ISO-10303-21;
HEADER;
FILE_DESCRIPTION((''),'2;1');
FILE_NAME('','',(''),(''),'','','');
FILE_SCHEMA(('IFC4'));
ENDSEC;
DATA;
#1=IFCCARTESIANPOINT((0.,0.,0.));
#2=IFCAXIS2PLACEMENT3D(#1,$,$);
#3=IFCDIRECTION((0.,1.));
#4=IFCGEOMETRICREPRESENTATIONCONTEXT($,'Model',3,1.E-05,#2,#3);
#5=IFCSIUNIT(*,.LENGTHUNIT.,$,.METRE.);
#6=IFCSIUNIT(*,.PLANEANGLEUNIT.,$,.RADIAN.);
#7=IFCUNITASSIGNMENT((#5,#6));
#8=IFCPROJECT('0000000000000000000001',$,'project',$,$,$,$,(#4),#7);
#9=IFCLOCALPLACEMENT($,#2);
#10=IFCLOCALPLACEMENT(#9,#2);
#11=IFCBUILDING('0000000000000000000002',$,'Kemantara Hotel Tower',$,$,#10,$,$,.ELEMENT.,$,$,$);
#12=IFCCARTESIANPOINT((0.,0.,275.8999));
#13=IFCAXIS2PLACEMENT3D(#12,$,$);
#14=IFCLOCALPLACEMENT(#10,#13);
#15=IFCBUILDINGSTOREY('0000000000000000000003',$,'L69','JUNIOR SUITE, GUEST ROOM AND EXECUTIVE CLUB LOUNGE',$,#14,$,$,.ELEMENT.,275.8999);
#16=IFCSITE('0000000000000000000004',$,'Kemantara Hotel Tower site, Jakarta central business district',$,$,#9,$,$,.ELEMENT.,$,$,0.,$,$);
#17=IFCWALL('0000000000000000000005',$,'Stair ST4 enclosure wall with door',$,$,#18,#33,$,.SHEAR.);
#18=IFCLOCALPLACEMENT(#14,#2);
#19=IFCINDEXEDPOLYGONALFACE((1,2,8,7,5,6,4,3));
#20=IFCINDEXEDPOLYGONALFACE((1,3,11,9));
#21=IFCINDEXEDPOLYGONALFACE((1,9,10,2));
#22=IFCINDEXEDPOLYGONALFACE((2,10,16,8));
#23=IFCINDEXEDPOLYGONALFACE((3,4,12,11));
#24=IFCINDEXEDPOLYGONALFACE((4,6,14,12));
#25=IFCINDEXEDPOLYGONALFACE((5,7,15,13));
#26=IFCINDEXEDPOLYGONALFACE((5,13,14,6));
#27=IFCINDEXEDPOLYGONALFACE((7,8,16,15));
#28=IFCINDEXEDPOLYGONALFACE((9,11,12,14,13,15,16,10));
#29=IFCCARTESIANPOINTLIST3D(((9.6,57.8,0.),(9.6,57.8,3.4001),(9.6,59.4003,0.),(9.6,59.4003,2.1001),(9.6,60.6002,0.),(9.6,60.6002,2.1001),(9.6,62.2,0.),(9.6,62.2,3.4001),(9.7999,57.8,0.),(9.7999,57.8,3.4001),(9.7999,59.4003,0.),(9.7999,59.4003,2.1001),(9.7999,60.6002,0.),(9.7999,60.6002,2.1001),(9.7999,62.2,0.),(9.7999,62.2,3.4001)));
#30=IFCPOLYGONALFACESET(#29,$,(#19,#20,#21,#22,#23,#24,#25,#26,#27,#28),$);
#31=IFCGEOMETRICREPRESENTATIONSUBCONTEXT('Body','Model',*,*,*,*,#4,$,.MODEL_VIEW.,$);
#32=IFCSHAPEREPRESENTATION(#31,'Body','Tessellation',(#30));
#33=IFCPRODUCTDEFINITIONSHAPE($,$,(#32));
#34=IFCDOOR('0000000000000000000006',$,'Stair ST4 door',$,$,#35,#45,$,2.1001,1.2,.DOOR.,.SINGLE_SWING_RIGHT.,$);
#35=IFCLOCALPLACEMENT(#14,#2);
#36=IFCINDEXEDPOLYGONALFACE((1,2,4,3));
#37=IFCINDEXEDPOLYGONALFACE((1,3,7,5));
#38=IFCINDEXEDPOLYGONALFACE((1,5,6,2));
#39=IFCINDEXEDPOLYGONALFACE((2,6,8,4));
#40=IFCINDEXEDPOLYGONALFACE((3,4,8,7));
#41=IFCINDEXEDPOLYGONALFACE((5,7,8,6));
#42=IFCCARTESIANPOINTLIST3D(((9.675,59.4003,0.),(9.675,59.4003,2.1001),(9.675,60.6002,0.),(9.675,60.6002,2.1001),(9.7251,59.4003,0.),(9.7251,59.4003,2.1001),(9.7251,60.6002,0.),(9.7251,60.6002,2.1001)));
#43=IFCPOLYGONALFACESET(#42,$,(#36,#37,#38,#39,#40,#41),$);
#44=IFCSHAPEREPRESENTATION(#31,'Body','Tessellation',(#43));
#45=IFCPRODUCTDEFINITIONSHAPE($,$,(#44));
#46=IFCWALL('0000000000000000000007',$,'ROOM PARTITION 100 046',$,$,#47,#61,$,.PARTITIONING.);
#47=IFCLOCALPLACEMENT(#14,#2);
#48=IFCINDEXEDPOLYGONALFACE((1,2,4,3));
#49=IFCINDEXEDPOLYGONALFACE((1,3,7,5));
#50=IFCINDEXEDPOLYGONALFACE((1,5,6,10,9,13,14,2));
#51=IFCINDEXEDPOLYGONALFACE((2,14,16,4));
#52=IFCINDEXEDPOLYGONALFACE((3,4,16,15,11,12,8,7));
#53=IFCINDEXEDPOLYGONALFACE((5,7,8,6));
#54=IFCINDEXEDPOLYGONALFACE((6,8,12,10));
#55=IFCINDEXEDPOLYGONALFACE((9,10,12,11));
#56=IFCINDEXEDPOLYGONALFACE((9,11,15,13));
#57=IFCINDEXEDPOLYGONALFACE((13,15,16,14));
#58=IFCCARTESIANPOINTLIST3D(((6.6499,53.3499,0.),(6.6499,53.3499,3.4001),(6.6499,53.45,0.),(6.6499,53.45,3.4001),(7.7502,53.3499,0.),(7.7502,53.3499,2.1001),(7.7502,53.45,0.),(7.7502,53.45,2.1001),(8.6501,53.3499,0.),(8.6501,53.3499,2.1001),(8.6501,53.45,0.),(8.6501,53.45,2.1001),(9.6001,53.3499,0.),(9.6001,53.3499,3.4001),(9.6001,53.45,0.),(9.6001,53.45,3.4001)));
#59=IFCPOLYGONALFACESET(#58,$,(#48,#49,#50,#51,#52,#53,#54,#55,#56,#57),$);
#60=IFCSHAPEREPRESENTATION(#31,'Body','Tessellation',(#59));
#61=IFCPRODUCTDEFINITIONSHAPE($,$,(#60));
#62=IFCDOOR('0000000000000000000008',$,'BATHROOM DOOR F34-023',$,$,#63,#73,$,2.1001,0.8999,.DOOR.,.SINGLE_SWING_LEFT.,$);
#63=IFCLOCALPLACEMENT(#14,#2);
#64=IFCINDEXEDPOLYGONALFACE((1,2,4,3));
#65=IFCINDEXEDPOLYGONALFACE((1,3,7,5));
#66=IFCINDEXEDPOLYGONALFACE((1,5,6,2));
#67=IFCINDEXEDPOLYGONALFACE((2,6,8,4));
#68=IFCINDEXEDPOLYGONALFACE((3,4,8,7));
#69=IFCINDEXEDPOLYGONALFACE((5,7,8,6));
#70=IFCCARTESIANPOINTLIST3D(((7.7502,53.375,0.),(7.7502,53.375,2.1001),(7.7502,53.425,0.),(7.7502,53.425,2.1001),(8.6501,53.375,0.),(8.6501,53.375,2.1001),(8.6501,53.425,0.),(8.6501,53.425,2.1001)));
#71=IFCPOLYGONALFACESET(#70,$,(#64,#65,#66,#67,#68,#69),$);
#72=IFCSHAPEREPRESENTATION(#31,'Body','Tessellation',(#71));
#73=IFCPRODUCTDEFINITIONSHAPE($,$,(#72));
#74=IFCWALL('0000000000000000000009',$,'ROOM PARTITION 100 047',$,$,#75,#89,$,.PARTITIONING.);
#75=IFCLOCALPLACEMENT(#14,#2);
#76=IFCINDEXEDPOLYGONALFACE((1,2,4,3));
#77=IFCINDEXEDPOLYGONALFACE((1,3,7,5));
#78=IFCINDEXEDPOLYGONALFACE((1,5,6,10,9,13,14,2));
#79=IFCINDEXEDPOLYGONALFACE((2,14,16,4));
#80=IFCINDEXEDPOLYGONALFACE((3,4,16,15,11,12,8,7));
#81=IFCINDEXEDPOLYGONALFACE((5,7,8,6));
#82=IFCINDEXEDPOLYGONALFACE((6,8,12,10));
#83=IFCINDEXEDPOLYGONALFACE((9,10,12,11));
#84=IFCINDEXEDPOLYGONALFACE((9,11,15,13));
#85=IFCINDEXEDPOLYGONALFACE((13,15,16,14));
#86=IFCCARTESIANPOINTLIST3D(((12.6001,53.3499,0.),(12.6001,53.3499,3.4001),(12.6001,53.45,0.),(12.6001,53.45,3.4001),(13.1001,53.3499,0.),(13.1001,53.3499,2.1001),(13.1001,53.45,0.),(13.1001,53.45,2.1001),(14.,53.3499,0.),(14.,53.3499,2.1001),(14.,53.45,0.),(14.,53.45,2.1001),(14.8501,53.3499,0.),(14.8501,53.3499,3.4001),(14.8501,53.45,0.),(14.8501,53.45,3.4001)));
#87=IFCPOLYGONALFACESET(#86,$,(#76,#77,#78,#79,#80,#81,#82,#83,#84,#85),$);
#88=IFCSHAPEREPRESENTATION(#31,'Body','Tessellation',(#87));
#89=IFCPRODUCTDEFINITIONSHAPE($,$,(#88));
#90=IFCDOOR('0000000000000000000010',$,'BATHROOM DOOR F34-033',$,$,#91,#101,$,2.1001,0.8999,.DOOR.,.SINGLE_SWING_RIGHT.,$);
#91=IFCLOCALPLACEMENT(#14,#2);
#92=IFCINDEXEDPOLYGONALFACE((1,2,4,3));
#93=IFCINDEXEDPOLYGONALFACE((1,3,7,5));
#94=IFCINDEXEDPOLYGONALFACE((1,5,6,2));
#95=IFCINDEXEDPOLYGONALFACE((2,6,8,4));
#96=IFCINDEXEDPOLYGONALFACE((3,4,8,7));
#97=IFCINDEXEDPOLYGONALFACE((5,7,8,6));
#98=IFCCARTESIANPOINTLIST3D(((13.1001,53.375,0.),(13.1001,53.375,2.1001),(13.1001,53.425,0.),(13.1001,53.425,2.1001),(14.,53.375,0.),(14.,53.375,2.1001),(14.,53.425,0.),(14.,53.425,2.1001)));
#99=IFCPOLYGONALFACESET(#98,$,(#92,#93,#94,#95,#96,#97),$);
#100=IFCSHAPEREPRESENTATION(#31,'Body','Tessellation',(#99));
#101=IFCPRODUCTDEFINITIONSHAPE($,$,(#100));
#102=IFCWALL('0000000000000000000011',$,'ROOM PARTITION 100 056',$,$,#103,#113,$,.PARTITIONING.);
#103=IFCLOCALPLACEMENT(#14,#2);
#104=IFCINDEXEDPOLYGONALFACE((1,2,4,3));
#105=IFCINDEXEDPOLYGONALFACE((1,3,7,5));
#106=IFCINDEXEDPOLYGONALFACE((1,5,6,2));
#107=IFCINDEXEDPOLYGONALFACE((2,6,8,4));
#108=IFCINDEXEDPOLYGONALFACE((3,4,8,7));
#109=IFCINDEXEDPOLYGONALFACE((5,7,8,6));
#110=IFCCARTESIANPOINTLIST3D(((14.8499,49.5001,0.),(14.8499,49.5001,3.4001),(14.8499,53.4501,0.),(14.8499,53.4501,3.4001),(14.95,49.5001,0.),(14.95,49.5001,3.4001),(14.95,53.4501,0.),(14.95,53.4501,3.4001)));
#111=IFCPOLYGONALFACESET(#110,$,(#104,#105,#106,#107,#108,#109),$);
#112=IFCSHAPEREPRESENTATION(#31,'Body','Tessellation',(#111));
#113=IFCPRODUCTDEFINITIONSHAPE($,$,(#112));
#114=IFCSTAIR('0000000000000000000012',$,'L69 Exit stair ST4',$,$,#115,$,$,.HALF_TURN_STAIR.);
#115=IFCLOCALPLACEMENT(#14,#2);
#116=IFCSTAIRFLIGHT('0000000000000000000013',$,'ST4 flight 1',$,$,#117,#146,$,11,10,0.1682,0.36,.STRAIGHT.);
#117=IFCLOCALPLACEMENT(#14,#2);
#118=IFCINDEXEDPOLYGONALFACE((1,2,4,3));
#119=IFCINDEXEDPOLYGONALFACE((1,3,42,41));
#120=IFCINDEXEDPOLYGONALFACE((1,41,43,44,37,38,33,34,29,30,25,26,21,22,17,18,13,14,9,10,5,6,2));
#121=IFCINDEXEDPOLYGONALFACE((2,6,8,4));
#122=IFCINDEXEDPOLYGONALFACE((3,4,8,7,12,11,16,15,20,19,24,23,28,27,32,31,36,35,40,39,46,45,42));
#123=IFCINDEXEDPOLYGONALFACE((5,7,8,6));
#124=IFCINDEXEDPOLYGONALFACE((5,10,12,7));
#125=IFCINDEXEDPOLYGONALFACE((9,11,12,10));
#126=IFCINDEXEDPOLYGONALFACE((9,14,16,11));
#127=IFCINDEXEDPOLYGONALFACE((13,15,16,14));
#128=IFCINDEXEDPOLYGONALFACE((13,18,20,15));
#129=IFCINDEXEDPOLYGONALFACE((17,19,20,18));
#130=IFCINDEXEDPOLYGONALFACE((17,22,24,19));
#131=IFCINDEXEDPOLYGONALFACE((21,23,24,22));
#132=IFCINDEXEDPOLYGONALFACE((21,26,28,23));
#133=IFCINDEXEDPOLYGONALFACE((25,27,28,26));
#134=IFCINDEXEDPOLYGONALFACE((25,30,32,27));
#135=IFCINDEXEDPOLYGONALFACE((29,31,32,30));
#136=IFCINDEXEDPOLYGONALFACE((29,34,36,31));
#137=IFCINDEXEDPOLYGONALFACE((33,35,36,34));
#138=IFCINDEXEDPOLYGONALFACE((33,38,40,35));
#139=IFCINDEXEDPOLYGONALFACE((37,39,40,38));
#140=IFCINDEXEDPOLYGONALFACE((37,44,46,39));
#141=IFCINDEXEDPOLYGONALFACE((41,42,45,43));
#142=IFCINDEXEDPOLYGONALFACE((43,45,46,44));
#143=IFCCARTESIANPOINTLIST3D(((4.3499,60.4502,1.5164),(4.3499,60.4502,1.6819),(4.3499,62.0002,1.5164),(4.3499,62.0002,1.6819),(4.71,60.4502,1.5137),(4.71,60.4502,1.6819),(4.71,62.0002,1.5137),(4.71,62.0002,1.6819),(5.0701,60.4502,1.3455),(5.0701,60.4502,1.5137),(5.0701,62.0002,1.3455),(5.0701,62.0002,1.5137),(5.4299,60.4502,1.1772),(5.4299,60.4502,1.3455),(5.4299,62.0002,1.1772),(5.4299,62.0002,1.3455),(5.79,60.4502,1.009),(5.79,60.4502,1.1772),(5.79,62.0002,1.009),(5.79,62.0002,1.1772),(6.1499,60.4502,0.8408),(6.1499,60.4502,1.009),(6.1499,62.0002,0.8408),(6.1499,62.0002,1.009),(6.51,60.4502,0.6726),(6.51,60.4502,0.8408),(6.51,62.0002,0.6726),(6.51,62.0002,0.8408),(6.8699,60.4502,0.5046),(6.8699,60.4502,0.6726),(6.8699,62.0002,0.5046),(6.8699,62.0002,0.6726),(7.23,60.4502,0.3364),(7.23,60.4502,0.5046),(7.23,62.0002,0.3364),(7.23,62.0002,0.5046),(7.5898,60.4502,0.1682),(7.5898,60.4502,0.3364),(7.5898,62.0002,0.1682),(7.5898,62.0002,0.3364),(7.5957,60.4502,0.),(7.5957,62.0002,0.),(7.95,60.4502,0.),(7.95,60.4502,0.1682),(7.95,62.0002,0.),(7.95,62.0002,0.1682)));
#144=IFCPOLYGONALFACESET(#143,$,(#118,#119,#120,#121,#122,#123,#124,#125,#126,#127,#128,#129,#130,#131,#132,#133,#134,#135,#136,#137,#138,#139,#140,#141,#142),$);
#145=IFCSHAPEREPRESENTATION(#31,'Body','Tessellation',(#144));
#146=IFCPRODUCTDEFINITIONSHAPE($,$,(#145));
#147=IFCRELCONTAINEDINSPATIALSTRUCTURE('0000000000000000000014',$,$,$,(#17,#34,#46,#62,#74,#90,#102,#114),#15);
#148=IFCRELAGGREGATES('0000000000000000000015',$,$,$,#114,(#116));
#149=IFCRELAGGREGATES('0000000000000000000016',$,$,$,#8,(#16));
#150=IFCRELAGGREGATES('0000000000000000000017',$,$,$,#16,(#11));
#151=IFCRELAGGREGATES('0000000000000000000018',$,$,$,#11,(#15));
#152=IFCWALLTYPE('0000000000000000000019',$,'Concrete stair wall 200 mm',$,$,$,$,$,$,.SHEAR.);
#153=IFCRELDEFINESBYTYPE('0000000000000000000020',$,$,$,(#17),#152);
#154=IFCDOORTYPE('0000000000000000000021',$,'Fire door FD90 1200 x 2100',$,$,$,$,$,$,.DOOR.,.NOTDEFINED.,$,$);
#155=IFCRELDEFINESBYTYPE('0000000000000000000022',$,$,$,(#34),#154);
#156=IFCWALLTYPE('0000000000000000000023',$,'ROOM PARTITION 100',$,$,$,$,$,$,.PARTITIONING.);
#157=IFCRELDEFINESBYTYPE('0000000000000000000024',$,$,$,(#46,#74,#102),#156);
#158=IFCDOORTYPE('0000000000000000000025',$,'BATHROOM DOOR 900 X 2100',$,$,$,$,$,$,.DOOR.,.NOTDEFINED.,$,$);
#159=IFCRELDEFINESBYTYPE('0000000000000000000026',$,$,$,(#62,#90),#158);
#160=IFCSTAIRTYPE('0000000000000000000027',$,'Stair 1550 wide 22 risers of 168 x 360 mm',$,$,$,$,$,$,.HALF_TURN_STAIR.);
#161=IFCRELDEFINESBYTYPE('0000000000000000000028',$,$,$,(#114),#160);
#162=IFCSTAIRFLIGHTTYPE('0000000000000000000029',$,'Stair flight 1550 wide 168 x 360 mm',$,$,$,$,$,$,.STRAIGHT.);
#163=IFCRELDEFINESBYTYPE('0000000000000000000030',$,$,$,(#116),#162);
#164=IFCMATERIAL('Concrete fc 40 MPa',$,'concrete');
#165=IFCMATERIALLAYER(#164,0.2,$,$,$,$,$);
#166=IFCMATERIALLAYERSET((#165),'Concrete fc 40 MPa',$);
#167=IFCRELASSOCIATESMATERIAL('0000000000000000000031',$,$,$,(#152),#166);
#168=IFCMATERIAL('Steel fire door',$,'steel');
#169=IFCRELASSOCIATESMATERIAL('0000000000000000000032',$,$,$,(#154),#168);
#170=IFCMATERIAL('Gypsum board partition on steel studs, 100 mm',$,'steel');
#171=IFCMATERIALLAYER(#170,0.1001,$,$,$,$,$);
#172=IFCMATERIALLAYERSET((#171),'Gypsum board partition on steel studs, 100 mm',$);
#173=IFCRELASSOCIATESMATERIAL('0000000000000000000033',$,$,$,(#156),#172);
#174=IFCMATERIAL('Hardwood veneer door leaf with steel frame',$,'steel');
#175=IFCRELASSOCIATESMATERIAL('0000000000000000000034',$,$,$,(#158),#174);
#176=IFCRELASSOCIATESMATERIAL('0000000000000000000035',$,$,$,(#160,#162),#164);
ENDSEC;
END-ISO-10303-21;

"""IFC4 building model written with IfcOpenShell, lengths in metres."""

from ifc_helpers import new_model, si_unit, direction, frame, frame_2d, origin, place, context, subcontext, project, spatial, polyline, rectangle, outline, extrude, material, layer, layer_set, type_object, element, fill, aggregate, save


model = new_model("IFC4")

# Units and contexts
model_context = context("Model", 3, precision=1e-05, world=origin(), true_north=direction((0.0, 1.0)))
body_context = subcontext(model_context, "Body", "Model", "MODEL_VIEW")
ifc_project = project(units=[si_unit("LENGTHUNIT", "METRE"), si_unit("PLANEANGLEUNIT", "RADIAN")], contexts=[model_context])

# Site, building, storey
site_placement = place(None, origin())
site = spatial("IfcSite", under=ifc_project, at=site_placement, Name="Kemantara Hotel Tower site, Jakarta central business district", CompositionType="ELEMENT", RefElevation=0.0)
building_placement = place(site_placement, origin())
building = spatial("IfcBuilding", under=site, at=building_placement, Name="Kemantara Hotel Tower", CompositionType="ELEMENT")
storey_placement = place(building_placement, frame((0.0, 0.0, 275.8999)))
storey = spatial("IfcBuildingStorey", under=building, at=storey_placement, Name="L69", Description="JUNIOR SUITE, GUEST ROOM AND EXECUTIVE CLUB LOUNGE", CompositionType="ELEMENT", Elevation=275.8999)

# Walls, openings, doors
ifc_material_1 = material(Name="Hardwood veneer door leaf with steel frame", Category="steel")
ifc_material_2 = material(Name="Concrete fc 40 MPa", Category="concrete")
ifc_layer_1 = layer(ifc_material_2, 0.2)
ifc_layer_set_1 = layer_set([ifc_layer_1], Name="Concrete fc 40 MPa")
wall_type_1 = type_object("IfcWallType", Name="Concrete stair wall 200 mm", PredefinedType="SHEAR", material=ifc_layer_set_1)
wall_1_placement = place(storey_placement, frame((9.7, 57.8, 0.0), z_axis=(0.0, 0.0, 1.0), x_axis=(0.0, 1.0, 0.0)))
wall_1 = element("IfcWall", 1, at=wall_1_placement, inside=storey, type_object=wall_type_1, Name="Stair ST4 enclosure wall with door", PredefinedType="SHEAR", context=body_context, shape_type="SweptSolid", body=[
    extrude(rectangle(XDim=4.3999, YDim=0.2, at=frame_2d((2.2, 0.0))), origin(), (0.0, 0.0, 1.0), 3.4001),
])
opening_1_placement = place(wall_1_placement, frame((1.6001, 0.0, 0.0)))
opening_1 = element("IfcOpeningElement", 2, at=opening_1_placement, cuts=wall_1, PredefinedType="OPENING", context=body_context, shape_type="SweptSolid", body=[
    extrude(rectangle(XDim=1.2, YDim=2.1001, at=frame_2d((0.6001, 1.05))), frame((0.0, 0.1099, 0.0), z_axis=(0.0, -1.0, 0.0), x_axis=(1.0, 0.0, 0.0)), (0.0, 0.0, 1.0), 0.22),
])
ifc_material_3 = material(Name="Steel fire door", Category="steel")
door_type_1 = type_object("IfcDoorType", Name="Fire door FD90 1200 x 2100", OperationType="NOTDEFINED", PredefinedType="DOOR", material=ifc_material_3)
door_1_placement = place(opening_1_placement, origin())
door_1 = element("IfcDoor", 3, at=door_1_placement, inside=storey, type_object=door_type_1, Name="Stair ST4 door", OperationType="SINGLE_SWING_RIGHT", OverallHeight=2.1001, OverallWidth=1.2, PredefinedType="DOOR", context=body_context, shape_type="SweptSolid", body=[
    extrude(rectangle(XDim=1.2, YDim=2.1001, at=frame_2d((0.6001, 1.05))), frame((0.0, 0.0249, 0.0), z_axis=(0.0, -1.0, 0.0), x_axis=(1.0, 0.0, 0.0)), (0.0, 0.0, 1.0), 0.05),
])
fill(opening_1, door_1)
ifc_material_4 = material(Name="Gypsum board partition on steel studs, 100 mm", Category="steel")
ifc_layer_2 = layer(ifc_material_4, 0.1001)
ifc_layer_set_2 = layer_set([ifc_layer_2], Name="Gypsum board partition on steel studs, 100 mm")
wall_type_2 = type_object("IfcWallType", Name="ROOM PARTITION 100", PredefinedType="PARTITIONING", material=ifc_layer_set_2)
wall_2_placement = place(storey_placement, frame((9.6001, 53.3999, 0.0), z_axis=(0.0, 0.0, 1.0), x_axis=(-1.0, 0.0, 0.0)))
wall_2 = element("IfcWall", 4, at=wall_2_placement, inside=storey, type_object=wall_type_2, Name="ROOM PARTITION 100 046", PredefinedType="PARTITIONING", context=body_context, shape_type="SweptSolid", body=[
    extrude(rectangle(XDim=2.9502, YDim=0.1001, at=frame_2d((1.4751, 0.0))), origin(), (0.0, 0.0, 1.0), 3.4001),
])
opening_2_placement = place(wall_2_placement, frame((0.95, 0.0, 0.0)))
opening_2 = element("IfcOpeningElement", 5, at=opening_2_placement, cuts=wall_2, PredefinedType="OPENING", context=body_context, shape_type="SweptSolid", body=[
    extrude(rectangle(XDim=0.8999, YDim=2.1001, at=frame_2d((0.45, 1.05))), frame((0.0, 0.0601, 0.0), z_axis=(0.0, -1.0, 0.0), x_axis=(1.0, 0.0, 0.0)), (0.0, 0.0, 1.0), 0.1201),
])
door_type_2 = type_object("IfcDoorType", Name="BATHROOM DOOR 900 X 2100", OperationType="NOTDEFINED", PredefinedType="DOOR", material=ifc_material_1)
door_2_placement = place(opening_2_placement, origin())
door_2 = element("IfcDoor", 6, at=door_2_placement, inside=storey, type_object=door_type_2, Name="BATHROOM DOOR F34-023", OperationType="SINGLE_SWING_LEFT", OverallHeight=2.1001, OverallWidth=0.8999, PredefinedType="DOOR", context=body_context, shape_type="SweptSolid", body=[
    extrude(rectangle(XDim=0.8999, YDim=2.1001, at=frame_2d((0.45, 1.05))), frame((0.0, 0.0249, 0.0), z_axis=(0.0, -1.0, 0.0), x_axis=(1.0, 0.0, 0.0)), (0.0, 0.0, 1.0), 0.05),
])
fill(opening_2, door_2)
wall_3_placement = place(storey_placement, frame((14.8501, 53.3999, 0.0), z_axis=(0.0, 0.0, 1.0), x_axis=(-1.0, 0.0, 0.0)))
wall_3 = element("IfcWall", 7, at=wall_3_placement, inside=storey, type_object=wall_type_2, Name="ROOM PARTITION 100 047", PredefinedType="PARTITIONING", context=body_context, shape_type="SweptSolid", body=[
    extrude(rectangle(XDim=2.25, YDim=0.1001, at=frame_2d((1.125, 0.0))), origin(), (0.0, 0.0, 1.0), 3.4001),
])
opening_3_placement = place(wall_3_placement, frame((0.8501, 0.0, 0.0)))
opening_3 = element("IfcOpeningElement", 8, at=opening_3_placement, cuts=wall_3, PredefinedType="OPENING", context=body_context, shape_type="SweptSolid", body=[
    extrude(rectangle(XDim=0.8999, YDim=2.1001, at=frame_2d((0.45, 1.05))), frame((0.0, 0.0601, 0.0), z_axis=(0.0, -1.0, 0.0), x_axis=(1.0, 0.0, 0.0)), (0.0, 0.0, 1.0), 0.1201),
])
door_3_placement = place(opening_3_placement, origin())
door_3 = element("IfcDoor", 9, at=door_3_placement, inside=storey, type_object=door_type_2, Name="BATHROOM DOOR F34-033", OperationType="SINGLE_SWING_RIGHT", OverallHeight=2.1001, OverallWidth=0.8999, PredefinedType="DOOR", context=body_context, shape_type="SweptSolid", body=[
    extrude(rectangle(XDim=0.8999, YDim=2.1001, at=frame_2d((0.45, 1.05))), frame((0.0, 0.0249, 0.0), z_axis=(0.0, -1.0, 0.0), x_axis=(1.0, 0.0, 0.0)), (0.0, 0.0, 1.0), 0.05),
])
fill(opening_3, door_3)

# Wall
wall_4_placement = place(storey_placement, frame((14.8999, 49.5, 0.0), z_axis=(0.0, 0.0, 1.0), x_axis=(0.0, 1.0, 0.0)))
element("IfcWall", 10, at=wall_4_placement, inside=storey, type_object=wall_type_2, Name="ROOM PARTITION 100 056", PredefinedType="PARTITIONING", context=body_context, shape_type="SweptSolid", body=[
    extrude(rectangle(XDim=3.95, YDim=0.1001, at=frame_2d((1.9751, 0.0))), origin(), (0.0, 0.0, 1.0), 3.4001),
])

# Stair, stair flight
stair_type = type_object("IfcStairType", Name="Stair 1550 wide 22 risers of 168 x 360 mm", PredefinedType="HALF_TURN_STAIR", material=ifc_material_2)
stair_placement = place(storey_placement, origin())
stair = element("IfcStair", 11, at=stair_placement, inside=storey, type_object=stair_type, Name="L69 Exit stair ST4", PredefinedType="HALF_TURN_STAIR")
stair_flight_type = type_object("IfcStairFlightType", Name="Stair flight 1550 wide 168 x 360 mm", PredefinedType="STRAIGHT", material=ifc_material_2)
stair_flight_placement = place(storey_placement, frame((7.95, 61.2251, 0.0), z_axis=(0.0, 0.0, 1.0), x_axis=(-1.0, 0.0, 0.0)))
stair_flight = element("IfcStairFlight", 12, at=stair_flight_placement, type_object=stair_flight_type, Name="ST4 flight 1", NumberOfRisers=11, NumberOfTreads=10, PredefinedType="STRAIGHT", RiserHeight=0.1682, TreadLength=0.36, context=body_context, shape_type="SweptSolid", body=[
    extrude(outline(polyline([(0.0, 0.0), (0.0, 0.1682), (0.3601, 0.1682), (0.3601, 0.3364), (0.72, 0.3364), (0.72, 0.5046), (1.0801, 0.5046), (1.0801, 0.6726), (1.4399, 0.6726), (1.4399, 0.8408), (1.8, 0.8408), (1.8, 1.009), (2.1599, 1.009), (2.1599, 1.1772), (2.52, 1.1772), (2.52, 1.3455), (2.8799, 1.3455), (2.8799, 1.5137), (3.24, 1.5137), (3.24, 1.6819), (3.6001, 1.6819), (3.6001, 1.8501), (3.6001, 1.5164), (0.3542, 0.0), (0.0, 0.0)])), frame((0.0, 0.7749, 0.0), z_axis=(0.0, -1.0, 0.0), x_axis=(1.0, 0.0, 0.0)), (0.0, 0.0, 1.0), 1.55),
])
aggregate(stair, [stair_flight])

save(model, "model.ifc")
